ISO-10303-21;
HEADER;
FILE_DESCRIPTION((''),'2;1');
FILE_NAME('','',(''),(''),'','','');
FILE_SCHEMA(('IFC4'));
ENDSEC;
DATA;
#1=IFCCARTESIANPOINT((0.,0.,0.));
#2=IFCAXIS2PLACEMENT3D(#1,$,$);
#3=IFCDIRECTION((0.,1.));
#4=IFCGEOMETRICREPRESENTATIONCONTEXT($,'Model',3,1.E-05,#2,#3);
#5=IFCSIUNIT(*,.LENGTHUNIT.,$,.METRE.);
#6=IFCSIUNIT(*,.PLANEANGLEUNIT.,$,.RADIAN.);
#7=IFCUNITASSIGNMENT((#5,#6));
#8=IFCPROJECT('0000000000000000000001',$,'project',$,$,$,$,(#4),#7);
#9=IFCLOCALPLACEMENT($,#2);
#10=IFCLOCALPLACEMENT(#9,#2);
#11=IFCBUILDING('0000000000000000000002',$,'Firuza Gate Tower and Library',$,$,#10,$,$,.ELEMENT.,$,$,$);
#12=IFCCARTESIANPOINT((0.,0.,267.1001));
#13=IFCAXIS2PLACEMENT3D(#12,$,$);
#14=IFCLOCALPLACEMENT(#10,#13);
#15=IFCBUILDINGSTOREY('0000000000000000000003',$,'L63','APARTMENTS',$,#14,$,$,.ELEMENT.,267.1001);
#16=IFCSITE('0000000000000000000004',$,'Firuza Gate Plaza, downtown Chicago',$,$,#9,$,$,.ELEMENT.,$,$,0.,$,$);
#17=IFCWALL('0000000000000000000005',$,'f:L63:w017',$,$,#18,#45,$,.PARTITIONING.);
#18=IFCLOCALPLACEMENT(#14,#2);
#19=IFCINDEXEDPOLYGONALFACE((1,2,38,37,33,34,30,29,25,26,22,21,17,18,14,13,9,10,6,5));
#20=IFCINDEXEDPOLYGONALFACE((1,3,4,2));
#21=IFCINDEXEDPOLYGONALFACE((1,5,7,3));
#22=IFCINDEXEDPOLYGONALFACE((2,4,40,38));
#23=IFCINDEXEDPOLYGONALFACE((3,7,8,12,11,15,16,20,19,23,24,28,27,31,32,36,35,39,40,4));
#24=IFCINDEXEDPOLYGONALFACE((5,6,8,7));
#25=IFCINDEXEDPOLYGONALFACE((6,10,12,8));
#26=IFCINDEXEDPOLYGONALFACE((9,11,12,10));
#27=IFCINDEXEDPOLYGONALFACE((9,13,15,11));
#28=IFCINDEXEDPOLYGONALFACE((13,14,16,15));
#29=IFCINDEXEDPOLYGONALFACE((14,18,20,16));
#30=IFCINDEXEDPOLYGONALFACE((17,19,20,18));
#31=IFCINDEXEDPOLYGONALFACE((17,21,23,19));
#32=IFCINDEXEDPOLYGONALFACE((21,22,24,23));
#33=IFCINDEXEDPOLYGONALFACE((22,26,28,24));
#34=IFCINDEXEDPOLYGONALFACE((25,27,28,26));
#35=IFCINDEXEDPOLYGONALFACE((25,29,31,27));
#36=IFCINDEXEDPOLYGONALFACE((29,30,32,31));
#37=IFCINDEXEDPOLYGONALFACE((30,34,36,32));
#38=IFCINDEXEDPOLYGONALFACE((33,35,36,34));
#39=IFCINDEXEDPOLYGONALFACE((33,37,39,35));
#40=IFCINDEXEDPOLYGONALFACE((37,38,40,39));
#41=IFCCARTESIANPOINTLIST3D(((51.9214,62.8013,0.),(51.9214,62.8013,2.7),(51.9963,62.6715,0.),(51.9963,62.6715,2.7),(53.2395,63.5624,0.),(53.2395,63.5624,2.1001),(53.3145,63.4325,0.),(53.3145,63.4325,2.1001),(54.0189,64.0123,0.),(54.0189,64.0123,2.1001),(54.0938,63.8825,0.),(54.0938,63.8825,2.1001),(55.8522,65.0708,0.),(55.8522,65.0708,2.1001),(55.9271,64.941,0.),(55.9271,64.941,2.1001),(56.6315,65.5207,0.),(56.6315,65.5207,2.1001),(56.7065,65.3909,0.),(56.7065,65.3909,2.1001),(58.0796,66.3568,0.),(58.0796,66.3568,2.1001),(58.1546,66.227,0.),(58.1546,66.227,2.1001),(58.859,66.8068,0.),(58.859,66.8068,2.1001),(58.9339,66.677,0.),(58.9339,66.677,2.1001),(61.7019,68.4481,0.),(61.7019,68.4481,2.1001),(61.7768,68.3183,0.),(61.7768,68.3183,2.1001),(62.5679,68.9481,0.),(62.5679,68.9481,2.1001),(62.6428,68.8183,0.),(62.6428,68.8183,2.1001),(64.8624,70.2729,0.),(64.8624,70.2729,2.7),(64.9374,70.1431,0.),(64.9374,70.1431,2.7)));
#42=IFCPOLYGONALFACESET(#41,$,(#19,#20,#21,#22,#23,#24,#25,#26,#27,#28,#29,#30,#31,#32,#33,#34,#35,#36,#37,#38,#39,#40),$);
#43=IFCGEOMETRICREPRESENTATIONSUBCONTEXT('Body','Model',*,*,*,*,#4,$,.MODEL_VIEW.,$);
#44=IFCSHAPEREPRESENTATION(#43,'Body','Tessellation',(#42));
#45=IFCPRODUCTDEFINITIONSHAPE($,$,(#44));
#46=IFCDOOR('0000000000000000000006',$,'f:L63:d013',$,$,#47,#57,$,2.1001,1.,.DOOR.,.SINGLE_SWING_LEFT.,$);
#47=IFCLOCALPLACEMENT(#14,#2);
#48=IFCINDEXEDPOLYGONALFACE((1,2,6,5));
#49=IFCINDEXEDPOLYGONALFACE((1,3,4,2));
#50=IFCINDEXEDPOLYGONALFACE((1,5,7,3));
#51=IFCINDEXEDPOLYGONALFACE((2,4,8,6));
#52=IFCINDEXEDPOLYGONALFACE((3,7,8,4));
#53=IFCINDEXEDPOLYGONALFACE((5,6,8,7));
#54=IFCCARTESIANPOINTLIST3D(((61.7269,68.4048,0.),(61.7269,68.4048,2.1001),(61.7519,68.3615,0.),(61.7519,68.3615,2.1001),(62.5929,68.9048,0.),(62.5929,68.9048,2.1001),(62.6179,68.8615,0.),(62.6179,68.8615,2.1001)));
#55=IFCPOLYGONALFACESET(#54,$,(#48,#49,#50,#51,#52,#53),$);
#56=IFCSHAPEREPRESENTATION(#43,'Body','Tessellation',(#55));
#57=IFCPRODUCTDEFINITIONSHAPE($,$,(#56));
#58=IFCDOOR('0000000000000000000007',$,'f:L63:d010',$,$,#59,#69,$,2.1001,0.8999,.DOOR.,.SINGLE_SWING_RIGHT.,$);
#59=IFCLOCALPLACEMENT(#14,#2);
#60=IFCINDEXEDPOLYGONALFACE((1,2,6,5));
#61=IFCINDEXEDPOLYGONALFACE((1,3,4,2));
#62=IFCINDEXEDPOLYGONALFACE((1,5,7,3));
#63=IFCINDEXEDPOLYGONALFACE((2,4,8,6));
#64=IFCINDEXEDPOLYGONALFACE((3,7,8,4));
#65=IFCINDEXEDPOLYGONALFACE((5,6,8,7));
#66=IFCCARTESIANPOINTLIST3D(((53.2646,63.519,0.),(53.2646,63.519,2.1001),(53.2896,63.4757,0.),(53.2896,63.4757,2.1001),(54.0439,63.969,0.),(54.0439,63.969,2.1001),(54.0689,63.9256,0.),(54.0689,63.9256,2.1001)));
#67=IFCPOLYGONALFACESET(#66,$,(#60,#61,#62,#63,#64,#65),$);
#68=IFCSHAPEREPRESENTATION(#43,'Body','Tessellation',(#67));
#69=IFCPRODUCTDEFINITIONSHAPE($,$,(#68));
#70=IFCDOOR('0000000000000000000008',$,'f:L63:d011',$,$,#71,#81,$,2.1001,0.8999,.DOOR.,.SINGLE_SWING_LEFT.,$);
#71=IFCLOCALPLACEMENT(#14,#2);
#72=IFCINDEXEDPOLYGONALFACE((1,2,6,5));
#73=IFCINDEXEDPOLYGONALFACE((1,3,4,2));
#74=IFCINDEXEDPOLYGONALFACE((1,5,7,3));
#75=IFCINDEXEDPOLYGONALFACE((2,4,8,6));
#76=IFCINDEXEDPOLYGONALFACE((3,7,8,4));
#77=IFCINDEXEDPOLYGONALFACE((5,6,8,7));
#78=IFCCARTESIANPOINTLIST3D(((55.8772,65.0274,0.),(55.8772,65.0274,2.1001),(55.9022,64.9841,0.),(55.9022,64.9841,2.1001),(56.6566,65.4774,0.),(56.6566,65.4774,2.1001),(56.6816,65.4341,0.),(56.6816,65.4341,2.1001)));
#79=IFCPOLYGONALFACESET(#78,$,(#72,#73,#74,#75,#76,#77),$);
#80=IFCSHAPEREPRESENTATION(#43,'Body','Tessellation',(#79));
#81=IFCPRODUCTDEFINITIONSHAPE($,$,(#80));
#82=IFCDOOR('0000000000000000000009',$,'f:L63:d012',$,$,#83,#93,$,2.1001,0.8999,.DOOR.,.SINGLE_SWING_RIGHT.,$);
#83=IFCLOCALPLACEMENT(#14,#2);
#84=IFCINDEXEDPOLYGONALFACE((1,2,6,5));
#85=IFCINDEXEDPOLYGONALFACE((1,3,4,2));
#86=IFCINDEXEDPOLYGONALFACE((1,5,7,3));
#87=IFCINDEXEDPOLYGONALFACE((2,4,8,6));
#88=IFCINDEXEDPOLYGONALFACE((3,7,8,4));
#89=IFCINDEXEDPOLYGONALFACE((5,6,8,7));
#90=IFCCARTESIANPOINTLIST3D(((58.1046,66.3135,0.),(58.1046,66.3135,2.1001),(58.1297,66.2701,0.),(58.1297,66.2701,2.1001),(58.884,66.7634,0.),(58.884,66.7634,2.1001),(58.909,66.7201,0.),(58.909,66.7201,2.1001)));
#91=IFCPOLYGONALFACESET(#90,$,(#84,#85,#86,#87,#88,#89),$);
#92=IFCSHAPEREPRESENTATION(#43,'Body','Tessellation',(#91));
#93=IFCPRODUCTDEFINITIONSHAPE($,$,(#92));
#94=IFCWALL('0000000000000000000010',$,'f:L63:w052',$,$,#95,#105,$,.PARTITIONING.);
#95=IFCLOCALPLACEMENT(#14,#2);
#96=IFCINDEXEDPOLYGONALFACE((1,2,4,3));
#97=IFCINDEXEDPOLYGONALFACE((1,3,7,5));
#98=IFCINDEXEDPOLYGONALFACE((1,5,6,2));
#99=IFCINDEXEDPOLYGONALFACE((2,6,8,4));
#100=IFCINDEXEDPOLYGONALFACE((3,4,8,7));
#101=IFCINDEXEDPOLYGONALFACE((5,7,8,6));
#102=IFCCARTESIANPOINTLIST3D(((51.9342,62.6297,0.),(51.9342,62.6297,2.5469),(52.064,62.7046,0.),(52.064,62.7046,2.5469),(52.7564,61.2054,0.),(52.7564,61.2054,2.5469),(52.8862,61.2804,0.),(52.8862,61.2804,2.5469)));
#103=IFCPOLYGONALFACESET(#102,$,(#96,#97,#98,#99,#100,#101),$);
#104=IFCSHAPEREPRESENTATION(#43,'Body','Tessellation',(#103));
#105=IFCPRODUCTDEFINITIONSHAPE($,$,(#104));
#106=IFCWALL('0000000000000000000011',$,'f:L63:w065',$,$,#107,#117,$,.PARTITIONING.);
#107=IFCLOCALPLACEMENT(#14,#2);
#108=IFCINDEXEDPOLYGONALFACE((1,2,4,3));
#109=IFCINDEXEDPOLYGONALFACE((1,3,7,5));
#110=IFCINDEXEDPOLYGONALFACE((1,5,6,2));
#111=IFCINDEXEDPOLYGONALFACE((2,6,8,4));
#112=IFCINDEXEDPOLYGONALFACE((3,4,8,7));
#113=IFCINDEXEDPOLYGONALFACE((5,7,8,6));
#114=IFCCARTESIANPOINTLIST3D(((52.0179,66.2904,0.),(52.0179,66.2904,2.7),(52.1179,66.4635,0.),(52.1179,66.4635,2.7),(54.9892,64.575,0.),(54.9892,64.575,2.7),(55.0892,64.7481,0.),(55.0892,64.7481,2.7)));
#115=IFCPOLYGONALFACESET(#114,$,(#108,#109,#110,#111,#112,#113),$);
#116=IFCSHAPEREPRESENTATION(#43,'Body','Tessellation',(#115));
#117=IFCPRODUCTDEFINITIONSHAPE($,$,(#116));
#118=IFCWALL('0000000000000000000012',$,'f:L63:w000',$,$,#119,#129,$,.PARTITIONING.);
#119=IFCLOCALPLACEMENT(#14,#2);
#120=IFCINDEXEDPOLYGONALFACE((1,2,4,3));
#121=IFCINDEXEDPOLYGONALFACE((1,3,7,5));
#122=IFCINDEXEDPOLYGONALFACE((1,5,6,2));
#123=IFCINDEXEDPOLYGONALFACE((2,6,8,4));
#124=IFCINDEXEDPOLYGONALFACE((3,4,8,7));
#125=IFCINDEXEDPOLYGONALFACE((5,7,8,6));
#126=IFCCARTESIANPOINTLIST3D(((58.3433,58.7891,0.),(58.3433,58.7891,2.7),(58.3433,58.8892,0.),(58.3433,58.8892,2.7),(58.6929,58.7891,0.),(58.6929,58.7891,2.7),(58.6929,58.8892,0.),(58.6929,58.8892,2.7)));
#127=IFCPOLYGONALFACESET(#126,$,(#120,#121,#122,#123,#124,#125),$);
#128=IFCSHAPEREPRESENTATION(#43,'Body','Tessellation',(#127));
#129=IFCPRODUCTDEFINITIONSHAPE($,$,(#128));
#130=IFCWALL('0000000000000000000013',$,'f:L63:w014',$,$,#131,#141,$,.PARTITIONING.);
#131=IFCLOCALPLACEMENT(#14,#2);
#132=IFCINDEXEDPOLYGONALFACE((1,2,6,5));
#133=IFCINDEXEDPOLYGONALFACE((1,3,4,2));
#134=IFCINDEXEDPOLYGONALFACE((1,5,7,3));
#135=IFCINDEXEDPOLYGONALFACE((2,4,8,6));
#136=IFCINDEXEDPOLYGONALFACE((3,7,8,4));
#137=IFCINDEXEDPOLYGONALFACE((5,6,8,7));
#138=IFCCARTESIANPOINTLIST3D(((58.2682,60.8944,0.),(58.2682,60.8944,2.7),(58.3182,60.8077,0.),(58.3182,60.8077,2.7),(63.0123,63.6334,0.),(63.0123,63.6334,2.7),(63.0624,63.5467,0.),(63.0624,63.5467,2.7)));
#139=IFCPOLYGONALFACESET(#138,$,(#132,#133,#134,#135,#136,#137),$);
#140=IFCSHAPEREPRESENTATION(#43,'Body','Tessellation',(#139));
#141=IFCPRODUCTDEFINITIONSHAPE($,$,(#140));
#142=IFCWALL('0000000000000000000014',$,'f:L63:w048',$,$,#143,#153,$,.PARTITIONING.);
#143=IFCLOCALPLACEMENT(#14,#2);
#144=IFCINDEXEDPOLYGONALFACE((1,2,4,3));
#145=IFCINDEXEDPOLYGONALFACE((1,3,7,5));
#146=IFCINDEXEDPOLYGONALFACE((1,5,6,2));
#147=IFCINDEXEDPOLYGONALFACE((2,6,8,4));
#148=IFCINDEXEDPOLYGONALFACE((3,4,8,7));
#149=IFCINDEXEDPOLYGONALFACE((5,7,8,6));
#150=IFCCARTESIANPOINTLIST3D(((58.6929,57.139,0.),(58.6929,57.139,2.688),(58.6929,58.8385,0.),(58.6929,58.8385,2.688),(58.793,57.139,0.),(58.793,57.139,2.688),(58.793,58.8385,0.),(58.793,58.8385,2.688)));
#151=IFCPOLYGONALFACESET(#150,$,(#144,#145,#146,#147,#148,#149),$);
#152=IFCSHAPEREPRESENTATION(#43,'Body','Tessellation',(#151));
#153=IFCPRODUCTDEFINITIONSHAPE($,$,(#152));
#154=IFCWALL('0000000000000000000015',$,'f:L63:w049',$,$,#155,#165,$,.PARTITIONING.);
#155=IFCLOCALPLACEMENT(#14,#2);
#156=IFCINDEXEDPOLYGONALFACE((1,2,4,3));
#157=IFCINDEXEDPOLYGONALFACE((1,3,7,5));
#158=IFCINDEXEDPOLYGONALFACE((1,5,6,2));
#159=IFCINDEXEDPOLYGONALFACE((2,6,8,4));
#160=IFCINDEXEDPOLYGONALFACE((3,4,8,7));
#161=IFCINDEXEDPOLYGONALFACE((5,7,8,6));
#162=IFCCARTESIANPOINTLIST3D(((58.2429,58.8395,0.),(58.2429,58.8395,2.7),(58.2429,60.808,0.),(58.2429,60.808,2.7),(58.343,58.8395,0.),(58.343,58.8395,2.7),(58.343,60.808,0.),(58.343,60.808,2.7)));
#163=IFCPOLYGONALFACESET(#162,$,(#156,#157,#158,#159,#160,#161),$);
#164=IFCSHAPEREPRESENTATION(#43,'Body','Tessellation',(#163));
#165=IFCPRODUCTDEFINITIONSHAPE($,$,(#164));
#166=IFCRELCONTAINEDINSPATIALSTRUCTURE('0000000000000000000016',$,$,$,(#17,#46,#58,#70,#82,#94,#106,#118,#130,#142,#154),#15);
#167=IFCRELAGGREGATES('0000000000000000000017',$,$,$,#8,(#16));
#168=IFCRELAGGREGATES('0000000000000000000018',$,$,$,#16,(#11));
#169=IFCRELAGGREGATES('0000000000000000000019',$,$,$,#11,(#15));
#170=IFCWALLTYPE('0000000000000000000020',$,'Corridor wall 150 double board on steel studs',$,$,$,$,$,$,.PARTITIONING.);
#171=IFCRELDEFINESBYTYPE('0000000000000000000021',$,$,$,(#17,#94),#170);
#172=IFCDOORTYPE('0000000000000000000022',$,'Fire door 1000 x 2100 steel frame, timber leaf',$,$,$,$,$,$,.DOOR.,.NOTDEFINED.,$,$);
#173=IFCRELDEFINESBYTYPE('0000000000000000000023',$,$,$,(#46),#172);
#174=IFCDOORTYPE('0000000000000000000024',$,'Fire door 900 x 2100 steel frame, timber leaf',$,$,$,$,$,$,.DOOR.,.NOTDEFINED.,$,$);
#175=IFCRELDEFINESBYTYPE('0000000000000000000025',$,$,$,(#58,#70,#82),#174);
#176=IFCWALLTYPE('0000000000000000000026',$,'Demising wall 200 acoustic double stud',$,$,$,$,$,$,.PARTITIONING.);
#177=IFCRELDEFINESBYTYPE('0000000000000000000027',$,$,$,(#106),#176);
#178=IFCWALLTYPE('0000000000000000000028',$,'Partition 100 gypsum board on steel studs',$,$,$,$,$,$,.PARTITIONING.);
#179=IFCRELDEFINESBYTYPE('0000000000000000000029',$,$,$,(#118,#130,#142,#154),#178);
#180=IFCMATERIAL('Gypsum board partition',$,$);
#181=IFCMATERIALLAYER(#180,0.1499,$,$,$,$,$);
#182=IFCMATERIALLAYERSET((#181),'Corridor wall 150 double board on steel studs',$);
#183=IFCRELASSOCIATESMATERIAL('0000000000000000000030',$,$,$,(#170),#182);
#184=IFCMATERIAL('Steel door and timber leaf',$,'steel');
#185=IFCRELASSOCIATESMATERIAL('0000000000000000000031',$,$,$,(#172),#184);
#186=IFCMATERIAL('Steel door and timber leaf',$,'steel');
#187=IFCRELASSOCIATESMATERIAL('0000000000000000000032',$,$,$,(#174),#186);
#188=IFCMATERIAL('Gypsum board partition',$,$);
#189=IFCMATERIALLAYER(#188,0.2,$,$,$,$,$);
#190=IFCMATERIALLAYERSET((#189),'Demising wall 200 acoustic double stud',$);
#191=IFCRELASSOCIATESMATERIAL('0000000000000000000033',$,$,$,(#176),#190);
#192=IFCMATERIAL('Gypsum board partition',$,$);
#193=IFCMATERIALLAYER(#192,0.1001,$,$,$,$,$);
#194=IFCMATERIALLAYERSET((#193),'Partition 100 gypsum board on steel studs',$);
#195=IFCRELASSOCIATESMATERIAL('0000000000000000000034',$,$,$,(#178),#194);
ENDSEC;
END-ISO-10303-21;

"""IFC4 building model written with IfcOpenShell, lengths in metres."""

from ifc_helpers import new_model, si_unit, direction, frame, frame_2d, origin, place, context, subcontext, project, spatial, rectangle, extrude, material, layer, layer_set, type_object, element, fill, save


model = new_model("IFC4")

# Units and contexts
model_context = context("Model", 3, precision=1e-05, world=origin(), true_north=direction((0.0, 1.0)))
body_context = subcontext(model_context, "Body", "Model", "MODEL_VIEW")
ifc_project = project(units=[si_unit("LENGTHUNIT", "METRE"), si_unit("PLANEANGLEUNIT", "RADIAN")], contexts=[model_context])

# Site, building, storey
site_placement = place(None, origin())
site = spatial("IfcSite", under=ifc_project, at=site_placement, Name="Firuza Gate Plaza, downtown Chicago", CompositionType="ELEMENT", RefElevation=0.0)
building_placement = place(site_placement, origin())
building = spatial("IfcBuilding", under=site, at=building_placement, Name="Firuza Gate Tower and Library", CompositionType="ELEMENT")
storey_placement = place(building_placement, frame((0.0, 0.0, 267.1001)))
storey = spatial("IfcBuildingStorey", under=building, at=storey_placement, Name="L63", Description="APARTMENTS", CompositionType="ELEMENT", Elevation=267.1001)

# Wall, openings, doors
ifc_material_1 = material(Name="Gypsum board partition")
ifc_layer_1 = layer(ifc_material_1, 0.1499)
ifc_layer_set_1 = layer_set([ifc_layer_1], Name="Corridor wall 150 double board on steel studs")
wall_type_1 = type_object("IfcWallType", Name="Corridor wall 150 double board on steel studs", PredefinedType="PARTITIONING", material=ifc_layer_set_1)
wall_1_placement = place(storey_placement, frame((51.9587, 62.7363, 0.0), z_axis=(0.0, 0.0, 1.0), x_axis=(0.866023, 0.500005, 0.0)))
wall_1 = element("IfcWall", 1, at=wall_1_placement, inside=storey, type_object=wall_type_1, Name="f:L63:w017", PredefinedType="PARTITIONING", context=body_context, shape_type="SweptSolid", body=[
    extrude(rectangle(XDim=14.9431, YDim=0.1499, at=frame_2d((7.4717, 0.0))), origin(), (0.0, 0.0, 1.0), 2.7),
])
opening_1_placement = place(wall_1_placement, frame((1.5222, 0.0, 0.0)))
opening_1 = element("IfcOpeningElement", 2, at=opening_1_placement, cuts=wall_1, PredefinedType="OPENING", context=body_context, shape_type="SweptSolid", body=[
    extrude(rectangle(XDim=0.8999, YDim=2.1001, at=frame_2d((0.45, 1.05))), frame((0.0, 0.085, 0.0), z_axis=(0.0, -1.0, 0.0), x_axis=(1.0, 0.0, 0.0)), (0.0, 0.0, 1.0), 0.1699),
])
opening_2_placement = place(wall_1_placement, frame((4.5391, 0.0, 0.0)))
opening_2 = element("IfcOpeningElement", 3, at=opening_2_placement, cuts=wall_1, PredefinedType="OPENING", context=body_context, shape_type="SweptSolid", body=[
    extrude(rectangle(XDim=0.8999, YDim=2.1001, at=frame_2d((0.45, 1.05))), frame((0.0, 0.085, 0.0), z_axis=(0.0, -1.0, 0.0), x_axis=(1.0, 0.0, 0.0)), (0.0, 0.0, 1.0), 0.1699),
])
opening_3_placement = place(wall_1_placement, frame((7.1111, 0.0, 0.0)))
opening_3 = element("IfcOpeningElement", 4, at=opening_3_placement, cuts=wall_1, PredefinedType="OPENING", context=body_context, shape_type="SweptSolid", body=[
    extrude(rectangle(XDim=0.8999, YDim=2.1001, at=frame_2d((0.45, 1.05))), frame((0.0, 0.085, 0.0), z_axis=(0.0, -1.0, 0.0), x_axis=(1.0, 0.0, 0.0)), (0.0, 0.0, 1.0), 0.1699),
])
opening_4_placement = place(wall_1_placement, frame((11.2937, 0.0, 0.0)))
opening_4 = element("IfcOpeningElement", 5, at=opening_4_placement, cuts=wall_1, PredefinedType="OPENING", context=body_context, shape_type="SweptSolid", body=[
    extrude(rectangle(XDim=1.0, YDim=2.1001, at=frame_2d((0.5, 1.05))), frame((0.0, 0.085, 0.0), z_axis=(0.0, -1.0, 0.0), x_axis=(1.0, 0.0, 0.0)), (0.0, 0.0, 1.0), 0.1699),
])
ifc_material_2 = material(Name="Steel door and timber leaf", Category="steel")
door_type_1 = type_object("IfcDoorType", Name="Fire door 1000 x 2100 steel frame, timber leaf", OperationType="NOTDEFINED", PredefinedType="DOOR", material=ifc_material_2)
door_1_placement = place(opening_4_placement, origin())
door_1 = element("IfcDoor", 6, at=door_1_placement, inside=storey, type_object=door_type_1, Name="f:L63:d013", OperationType="SINGLE_SWING_LEFT", OverallHeight=2.1001, OverallWidth=1.0, PredefinedType="DOOR", context=body_context, shape_type="SweptSolid", body=[
    extrude(rectangle(XDim=1.0, YDim=2.1001, at=frame_2d((0.5, 1.05))), frame((0.0, 0.0249, 0.0), z_axis=(0.0, -1.0, 0.0), x_axis=(1.0, 0.0, 0.0)), (0.0, 0.0, 1.0), 0.05),
])
fill(opening_4, door_1)
ifc_material_3 = material(Name="Steel door and timber leaf", Category="steel")
door_type_2 = type_object("IfcDoorType", Name="Fire door 900 x 2100 steel frame, timber leaf", OperationType="NOTDEFINED", PredefinedType="DOOR", material=ifc_material_3)
door_2_placement = place(opening_1_placement, origin())
door_2 = element("IfcDoor", 7, at=door_2_placement, inside=storey, type_object=door_type_2, Name="f:L63:d010", OperationType="SINGLE_SWING_RIGHT", OverallHeight=2.1001, OverallWidth=0.8999, PredefinedType="DOOR", context=body_context, shape_type="SweptSolid", body=[
    extrude(rectangle(XDim=0.8999, YDim=2.1001, at=frame_2d((0.45, 1.05))), frame((0.0, 0.0249, 0.0), z_axis=(0.0, -1.0, 0.0), x_axis=(1.0, 0.0, 0.0)), (0.0, 0.0, 1.0), 0.05),
])
fill(opening_1, door_2)
door_3_placement = place(opening_2_placement, origin())
door_3 = element("IfcDoor", 8, at=door_3_placement, inside=storey, type_object=door_type_2, Name="f:L63:d011", OperationType="SINGLE_SWING_LEFT", OverallHeight=2.1001, OverallWidth=0.8999, PredefinedType="DOOR", context=body_context, shape_type="SweptSolid", body=[
    extrude(rectangle(XDim=0.8999, YDim=2.1001, at=frame_2d((0.45, 1.05))), frame((0.0, 0.0249, 0.0), z_axis=(0.0, -1.0, 0.0), x_axis=(1.0, 0.0, 0.0)), (0.0, 0.0, 1.0), 0.05),
])
fill(opening_2, door_3)
door_4_placement = place(opening_3_placement, origin())
door_4 = element("IfcDoor", 9, at=door_4_placement, inside=storey, type_object=door_type_2, Name="f:L63:d012", OperationType="SINGLE_SWING_RIGHT", OverallHeight=2.1001, OverallWidth=0.8999, PredefinedType="DOOR", context=body_context, shape_type="SweptSolid", body=[
    extrude(rectangle(XDim=0.8999, YDim=2.1001, at=frame_2d((0.45, 1.05))), frame((0.0, 0.0249, 0.0), z_axis=(0.0, -1.0, 0.0), x_axis=(1.0, 0.0, 0.0)), (0.0, 0.0, 1.0), 0.05),
])
fill(opening_3, door_4)

# Walls
wall_2_placement = place(storey_placement, frame((52.8213, 61.2429, 0.0), z_axis=(0.0, 0.0, 1.0), x_axis=(-0.499971, 0.866042, 0.0)))
element("IfcWall", 10, at=wall_2_placement, inside=storey, type_object=wall_type_1, Name="f:L63:w052", PredefinedType="PARTITIONING", context=body_context, shape_type="SweptSolid", body=[
    extrude(rectangle(XDim=1.6445, YDim=0.1499, at=frame_2d((0.8223, 0.0))), origin(), (0.0, 0.0, 1.0), 2.5469),
])
ifc_material_4 = material(Name="Gypsum board partition")
ifc_layer_2 = layer(ifc_material_4, 0.2)
ifc_layer_set_2 = layer_set([ifc_layer_2], Name="Demising wall 200 acoustic double stud")
wall_type_2 = type_object("IfcWallType", Name="Demising wall 200 acoustic double stud", PredefinedType="PARTITIONING", material=ifc_layer_set_2)
wall_3_placement = place(storey_placement, frame((55.0391, 64.6616, 0.0), z_axis=(0.0, 0.0, 1.0), x_axis=(-0.866036, 0.499981, 0.0)))
element("IfcWall", 11, at=wall_3_placement, inside=storey, type_object=wall_type_2, Name="f:L63:w065", PredefinedType="PARTITIONING", context=body_context, shape_type="SweptSolid", body=[
    extrude(rectangle(XDim=3.4309, YDim=0.2, at=frame_2d((1.7153, 0.0))), origin(), (0.0, 0.0, 1.0), 2.7),
])
ifc_material_5 = material(Name="Gypsum board partition")
ifc_layer_3 = layer(ifc_material_5, 0.1001)
ifc_layer_set_3 = layer_set([ifc_layer_3], Name="Partition 100 gypsum board on steel studs")
wall_type_3 = type_object("IfcWallType", Name="Partition 100 gypsum board on steel studs", PredefinedType="PARTITIONING", material=ifc_layer_set_3)
wall_4_placement = place(storey_placement, frame((58.3433, 58.8391, 0.0), z_axis=(0.0, 0.0, 1.0), x_axis=(1.0, 0.0, 0.0)))
element("IfcWall", 12, at=wall_4_placement, inside=storey, type_object=wall_type_3, Name="f:L63:w000", PredefinedType="PARTITIONING", context=body_context, shape_type="SweptSolid", body=[
    extrude(rectangle(XDim=0.3496, YDim=0.1001, at=frame_2d((0.1748, 0.0))), origin(), (0.0, 0.0, 1.0), 2.7),
])
wall_5_placement = place(storey_placement, frame((58.2932, 60.8511, 0.0), z_axis=(0.0, 0.0, 1.0), x_axis=(0.866027, 0.499998, 0.0)))
element("IfcWall", 13, at=wall_5_placement, inside=storey, type_object=wall_type_3, Name="f:L63:w014", PredefinedType="PARTITIONING", context=body_context, shape_type="SweptSolid", body=[
    extrude(rectangle(XDim=5.478, YDim=0.1001, at=frame_2d((2.739, 0.0))), origin(), (0.0, 0.0, 1.0), 2.7),
])
wall_6_placement = place(storey_placement, frame((58.7429, 57.1392, 0.0), z_axis=(0.0, 0.0, 1.0), x_axis=(0.0, 1.0, 0.0)))
element("IfcWall", 14, at=wall_6_placement, inside=storey, type_object=wall_type_3, Name="f:L63:w048", PredefinedType="PARTITIONING", context=body_context, shape_type="SweptSolid", body=[
    extrude(rectangle(XDim=1.6995, YDim=0.1001, at=frame_2d((0.8496, 0.0))), origin(), (0.0, 0.0, 1.0), 2.688),
])
wall_7_placement = place(storey_placement, frame((58.293, 58.8394, 0.0), z_axis=(0.0, 0.0, 1.0), x_axis=(0.0, 1.0, 0.0)))
element("IfcWall", 15, at=wall_7_placement, inside=storey, type_object=wall_type_3, Name="f:L63:w049", PredefinedType="PARTITIONING", context=body_context, shape_type="SweptSolid", body=[
    extrude(rectangle(XDim=1.9685, YDim=0.1001, at=frame_2d((0.9844, 0.0))), origin(), (0.0, 0.0, 1.0), 2.7),
])

save(model, "model.ifc")
